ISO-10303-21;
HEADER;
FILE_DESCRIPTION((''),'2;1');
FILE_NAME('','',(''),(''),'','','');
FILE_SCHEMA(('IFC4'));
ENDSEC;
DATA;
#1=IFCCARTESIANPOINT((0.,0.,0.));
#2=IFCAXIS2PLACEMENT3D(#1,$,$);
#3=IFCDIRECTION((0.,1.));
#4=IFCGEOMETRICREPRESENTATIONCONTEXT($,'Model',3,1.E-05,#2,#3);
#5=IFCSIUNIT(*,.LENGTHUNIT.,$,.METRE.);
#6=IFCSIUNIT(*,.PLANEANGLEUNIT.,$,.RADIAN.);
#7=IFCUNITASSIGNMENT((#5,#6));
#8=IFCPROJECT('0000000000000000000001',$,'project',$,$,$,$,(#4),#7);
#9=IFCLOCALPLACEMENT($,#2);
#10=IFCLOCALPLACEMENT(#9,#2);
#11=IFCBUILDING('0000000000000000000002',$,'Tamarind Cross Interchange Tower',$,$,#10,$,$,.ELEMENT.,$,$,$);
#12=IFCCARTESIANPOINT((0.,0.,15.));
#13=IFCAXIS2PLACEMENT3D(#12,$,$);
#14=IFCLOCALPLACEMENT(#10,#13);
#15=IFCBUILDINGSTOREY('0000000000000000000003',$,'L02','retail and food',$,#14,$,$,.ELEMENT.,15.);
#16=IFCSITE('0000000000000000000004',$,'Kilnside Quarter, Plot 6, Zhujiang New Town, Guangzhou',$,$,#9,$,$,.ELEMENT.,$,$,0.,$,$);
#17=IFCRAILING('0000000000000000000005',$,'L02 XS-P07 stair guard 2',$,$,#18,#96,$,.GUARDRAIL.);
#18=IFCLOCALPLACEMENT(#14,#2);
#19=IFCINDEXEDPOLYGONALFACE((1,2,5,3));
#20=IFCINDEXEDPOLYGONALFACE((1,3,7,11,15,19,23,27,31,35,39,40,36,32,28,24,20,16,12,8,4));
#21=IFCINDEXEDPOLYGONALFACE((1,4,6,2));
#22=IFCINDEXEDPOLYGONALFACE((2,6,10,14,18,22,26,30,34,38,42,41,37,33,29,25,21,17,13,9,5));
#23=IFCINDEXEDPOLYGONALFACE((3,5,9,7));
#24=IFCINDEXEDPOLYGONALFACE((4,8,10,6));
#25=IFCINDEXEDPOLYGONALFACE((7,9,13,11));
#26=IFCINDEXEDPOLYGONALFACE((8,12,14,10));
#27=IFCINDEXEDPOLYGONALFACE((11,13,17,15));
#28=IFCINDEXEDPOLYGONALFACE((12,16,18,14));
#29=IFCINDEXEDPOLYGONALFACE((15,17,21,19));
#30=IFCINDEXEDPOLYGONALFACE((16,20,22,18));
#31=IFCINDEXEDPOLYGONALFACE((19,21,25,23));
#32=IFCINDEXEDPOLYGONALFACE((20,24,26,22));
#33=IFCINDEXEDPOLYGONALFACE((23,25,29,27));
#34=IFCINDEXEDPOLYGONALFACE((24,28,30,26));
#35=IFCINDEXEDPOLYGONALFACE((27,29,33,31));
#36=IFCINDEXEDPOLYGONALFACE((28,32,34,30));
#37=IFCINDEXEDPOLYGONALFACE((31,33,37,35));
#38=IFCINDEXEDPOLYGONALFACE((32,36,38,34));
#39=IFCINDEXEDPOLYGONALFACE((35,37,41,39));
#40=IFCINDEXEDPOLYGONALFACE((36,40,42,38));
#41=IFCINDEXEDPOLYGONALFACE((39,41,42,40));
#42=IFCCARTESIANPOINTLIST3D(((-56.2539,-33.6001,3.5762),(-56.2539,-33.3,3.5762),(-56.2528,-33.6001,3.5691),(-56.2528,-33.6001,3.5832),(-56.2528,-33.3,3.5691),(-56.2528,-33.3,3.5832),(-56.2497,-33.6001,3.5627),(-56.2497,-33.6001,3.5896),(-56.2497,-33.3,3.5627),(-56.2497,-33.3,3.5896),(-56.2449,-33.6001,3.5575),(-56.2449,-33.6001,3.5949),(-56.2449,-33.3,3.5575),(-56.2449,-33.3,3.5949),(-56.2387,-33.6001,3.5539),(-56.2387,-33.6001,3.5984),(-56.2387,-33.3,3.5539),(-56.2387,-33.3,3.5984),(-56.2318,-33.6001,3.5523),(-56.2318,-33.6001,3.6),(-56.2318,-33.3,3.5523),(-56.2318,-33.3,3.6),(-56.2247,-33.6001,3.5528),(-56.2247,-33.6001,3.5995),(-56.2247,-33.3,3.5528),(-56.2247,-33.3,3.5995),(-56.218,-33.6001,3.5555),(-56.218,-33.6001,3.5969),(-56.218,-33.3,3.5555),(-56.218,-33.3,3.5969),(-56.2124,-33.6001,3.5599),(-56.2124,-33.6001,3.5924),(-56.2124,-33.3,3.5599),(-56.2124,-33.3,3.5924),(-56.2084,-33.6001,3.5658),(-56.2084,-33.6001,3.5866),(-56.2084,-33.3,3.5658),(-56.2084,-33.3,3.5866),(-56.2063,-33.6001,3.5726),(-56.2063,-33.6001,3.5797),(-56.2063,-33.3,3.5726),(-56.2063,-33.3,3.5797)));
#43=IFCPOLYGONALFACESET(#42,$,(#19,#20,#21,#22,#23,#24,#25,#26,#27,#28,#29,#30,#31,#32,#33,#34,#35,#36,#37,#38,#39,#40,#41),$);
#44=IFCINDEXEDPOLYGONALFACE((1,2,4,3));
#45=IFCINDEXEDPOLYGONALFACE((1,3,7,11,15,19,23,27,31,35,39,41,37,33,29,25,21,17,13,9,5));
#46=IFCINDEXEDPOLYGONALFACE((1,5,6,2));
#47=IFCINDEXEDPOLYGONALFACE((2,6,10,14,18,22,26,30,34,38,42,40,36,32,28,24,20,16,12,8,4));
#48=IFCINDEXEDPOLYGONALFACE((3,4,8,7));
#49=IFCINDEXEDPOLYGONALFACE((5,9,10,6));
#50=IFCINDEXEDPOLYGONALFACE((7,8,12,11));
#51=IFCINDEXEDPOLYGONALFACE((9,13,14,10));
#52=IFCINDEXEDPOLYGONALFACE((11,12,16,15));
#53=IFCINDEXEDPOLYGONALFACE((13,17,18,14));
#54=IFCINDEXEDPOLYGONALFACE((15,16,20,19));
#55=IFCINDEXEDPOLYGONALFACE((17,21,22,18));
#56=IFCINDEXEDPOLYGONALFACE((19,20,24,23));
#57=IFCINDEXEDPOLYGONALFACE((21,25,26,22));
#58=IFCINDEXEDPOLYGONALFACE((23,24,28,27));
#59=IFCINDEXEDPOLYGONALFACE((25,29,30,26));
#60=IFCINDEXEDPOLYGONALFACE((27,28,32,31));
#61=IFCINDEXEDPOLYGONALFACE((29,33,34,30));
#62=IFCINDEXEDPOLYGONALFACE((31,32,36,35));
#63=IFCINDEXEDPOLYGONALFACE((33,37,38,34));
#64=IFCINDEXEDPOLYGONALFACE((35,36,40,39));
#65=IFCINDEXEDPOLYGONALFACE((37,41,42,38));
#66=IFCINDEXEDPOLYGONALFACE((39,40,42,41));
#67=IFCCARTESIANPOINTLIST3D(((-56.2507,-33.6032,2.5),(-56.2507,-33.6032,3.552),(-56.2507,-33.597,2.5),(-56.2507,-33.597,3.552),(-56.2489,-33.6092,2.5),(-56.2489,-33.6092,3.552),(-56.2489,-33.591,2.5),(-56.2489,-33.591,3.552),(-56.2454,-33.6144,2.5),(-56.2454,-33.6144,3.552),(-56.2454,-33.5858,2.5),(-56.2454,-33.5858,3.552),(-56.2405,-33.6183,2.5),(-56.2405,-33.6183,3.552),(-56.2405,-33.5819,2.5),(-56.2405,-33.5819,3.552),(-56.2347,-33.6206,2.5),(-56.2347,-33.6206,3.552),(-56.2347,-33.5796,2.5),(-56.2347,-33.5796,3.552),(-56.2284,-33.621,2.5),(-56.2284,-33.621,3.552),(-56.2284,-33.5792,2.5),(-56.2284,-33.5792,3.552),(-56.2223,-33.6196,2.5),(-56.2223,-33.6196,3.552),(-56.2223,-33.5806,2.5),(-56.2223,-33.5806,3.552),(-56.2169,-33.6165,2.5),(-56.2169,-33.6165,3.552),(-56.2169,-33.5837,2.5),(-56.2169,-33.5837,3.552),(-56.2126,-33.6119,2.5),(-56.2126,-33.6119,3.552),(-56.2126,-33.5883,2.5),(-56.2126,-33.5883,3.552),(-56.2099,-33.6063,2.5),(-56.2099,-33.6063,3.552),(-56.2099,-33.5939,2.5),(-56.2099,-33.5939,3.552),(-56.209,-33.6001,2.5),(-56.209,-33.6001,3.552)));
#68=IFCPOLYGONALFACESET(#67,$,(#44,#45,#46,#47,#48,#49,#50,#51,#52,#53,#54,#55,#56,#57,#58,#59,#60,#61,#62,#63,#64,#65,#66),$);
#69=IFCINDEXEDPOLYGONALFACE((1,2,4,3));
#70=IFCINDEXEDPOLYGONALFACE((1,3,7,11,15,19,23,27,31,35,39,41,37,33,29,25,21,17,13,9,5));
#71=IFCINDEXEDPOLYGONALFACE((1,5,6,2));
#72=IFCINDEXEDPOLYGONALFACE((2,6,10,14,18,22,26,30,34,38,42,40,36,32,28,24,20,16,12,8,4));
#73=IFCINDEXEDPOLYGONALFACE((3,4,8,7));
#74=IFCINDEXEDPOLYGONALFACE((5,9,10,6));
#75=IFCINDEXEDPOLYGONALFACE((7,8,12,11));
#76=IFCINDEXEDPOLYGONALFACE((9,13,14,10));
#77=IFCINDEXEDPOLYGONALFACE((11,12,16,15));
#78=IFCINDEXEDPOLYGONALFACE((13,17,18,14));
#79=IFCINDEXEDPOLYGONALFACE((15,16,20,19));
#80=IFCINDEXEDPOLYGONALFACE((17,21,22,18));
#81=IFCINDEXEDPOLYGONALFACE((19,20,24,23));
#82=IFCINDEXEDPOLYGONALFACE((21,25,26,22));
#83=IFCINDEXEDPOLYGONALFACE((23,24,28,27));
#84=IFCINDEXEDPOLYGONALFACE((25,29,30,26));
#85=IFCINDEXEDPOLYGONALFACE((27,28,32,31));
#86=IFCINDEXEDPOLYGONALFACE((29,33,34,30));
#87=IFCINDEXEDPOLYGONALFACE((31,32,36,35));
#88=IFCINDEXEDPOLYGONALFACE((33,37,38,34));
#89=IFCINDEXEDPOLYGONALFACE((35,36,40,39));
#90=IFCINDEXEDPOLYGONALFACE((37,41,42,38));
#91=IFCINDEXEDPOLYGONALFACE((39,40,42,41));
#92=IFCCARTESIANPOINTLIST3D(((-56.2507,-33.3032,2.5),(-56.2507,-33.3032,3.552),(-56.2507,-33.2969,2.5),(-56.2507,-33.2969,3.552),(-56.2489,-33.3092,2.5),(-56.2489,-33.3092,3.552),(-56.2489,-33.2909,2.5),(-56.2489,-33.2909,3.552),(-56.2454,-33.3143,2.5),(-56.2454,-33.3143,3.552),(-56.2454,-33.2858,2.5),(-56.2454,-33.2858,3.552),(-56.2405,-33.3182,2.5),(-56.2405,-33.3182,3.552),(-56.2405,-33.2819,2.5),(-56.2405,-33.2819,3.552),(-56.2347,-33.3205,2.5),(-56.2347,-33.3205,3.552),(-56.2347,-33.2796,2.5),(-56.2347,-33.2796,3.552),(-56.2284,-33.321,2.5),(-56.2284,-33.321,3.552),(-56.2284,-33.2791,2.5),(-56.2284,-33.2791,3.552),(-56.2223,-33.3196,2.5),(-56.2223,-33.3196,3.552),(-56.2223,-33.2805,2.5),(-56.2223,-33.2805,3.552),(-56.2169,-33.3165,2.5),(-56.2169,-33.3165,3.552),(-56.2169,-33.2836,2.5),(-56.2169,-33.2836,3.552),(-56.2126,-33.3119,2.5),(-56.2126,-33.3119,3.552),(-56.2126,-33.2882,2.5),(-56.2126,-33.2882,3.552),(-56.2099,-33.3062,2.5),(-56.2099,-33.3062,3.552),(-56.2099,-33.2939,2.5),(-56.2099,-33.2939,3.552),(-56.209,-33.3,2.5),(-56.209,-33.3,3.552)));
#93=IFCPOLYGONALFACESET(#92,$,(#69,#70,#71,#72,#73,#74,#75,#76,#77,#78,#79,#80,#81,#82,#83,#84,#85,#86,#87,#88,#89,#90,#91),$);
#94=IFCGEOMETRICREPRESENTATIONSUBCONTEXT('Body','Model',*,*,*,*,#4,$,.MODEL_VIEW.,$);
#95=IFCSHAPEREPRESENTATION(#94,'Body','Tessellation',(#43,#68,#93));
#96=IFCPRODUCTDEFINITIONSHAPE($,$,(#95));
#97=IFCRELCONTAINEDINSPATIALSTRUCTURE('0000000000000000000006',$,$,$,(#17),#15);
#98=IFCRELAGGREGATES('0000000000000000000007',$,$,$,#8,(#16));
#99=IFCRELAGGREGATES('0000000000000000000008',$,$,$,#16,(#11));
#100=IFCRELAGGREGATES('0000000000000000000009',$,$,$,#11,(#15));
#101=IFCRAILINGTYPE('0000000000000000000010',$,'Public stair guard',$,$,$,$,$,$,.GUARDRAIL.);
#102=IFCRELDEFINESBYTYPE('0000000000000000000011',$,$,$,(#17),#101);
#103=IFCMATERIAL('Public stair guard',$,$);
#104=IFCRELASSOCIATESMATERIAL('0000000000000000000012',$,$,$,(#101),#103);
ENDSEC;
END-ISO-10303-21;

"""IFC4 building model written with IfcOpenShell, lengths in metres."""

from ifc_helpers import new_model, si_unit, direction, frame, origin, origin_2d, place, context, subcontext, project, spatial, circle, extrude, material, type_object, element, save


model = new_model("IFC4")

# Units and contexts
model_context = context("Model", 3, precision=1e-05, world=origin(), true_north=direction((0.0, 1.0)))
body_context = subcontext(model_context, "Body", "Model", "MODEL_VIEW")
ifc_project = project(units=[si_unit("LENGTHUNIT", "METRE"), si_unit("PLANEANGLEUNIT", "RADIAN")], contexts=[model_context])

# Site, building, storey
site_placement = place(None, origin())
site = spatial("IfcSite", under=ifc_project, at=site_placement, Name="Kilnside Quarter, Plot 6, Zhujiang New Town, Guangzhou", CompositionType="ELEMENT", RefElevation=0.0)
building_placement = place(site_placement, origin())
building = spatial("IfcBuilding", under=site, at=building_placement, Name="Tamarind Cross Interchange Tower", CompositionType="ELEMENT")
storey_placement = place(building_placement, frame((0.0, 0.0, 15.0)))
storey = spatial("IfcBuildingStorey", under=building, at=storey_placement, Name="L02", Description="retail and food", CompositionType="ELEMENT", Elevation=15.0)

# Railing
ifc_material_1 = material(Name="Public stair guard")
railing_type_1 = type_object("IfcRailingType", Name="Public stair guard", PredefinedType="GUARDRAIL", material=ifc_material_1)
railing_1_placement = place(storey_placement, frame((-56.23, -33.6001, 2.5)))
element("IfcRailing", 1, at=railing_1_placement, inside=storey, type_object=railing_type_1, Name="L02 XS-P07 stair guard 2", PredefinedType="GUARDRAIL", context=body_context, shape_type="SweptSolid", body=[
    extrude(circle(Radius=0.0239, at=origin_2d()), frame((0.0, 0.0, 1.0762), z_axis=(0.0, 1.0, 0.0), x_axis=(-1.0, 0.0, 0.0)), (0.0, 0.0, 1.0), 0.3),
    extrude(circle(Radius=0.021, at=origin_2d()), origin(), (0.0, 0.0, 1.0), 1.052),
    extrude(circle(Radius=0.021, at=origin_2d()), frame((0.0, 0.3, 0.0)), (0.0, 0.0, 1.0), 1.052),
])

save(model, "model.ifc")
